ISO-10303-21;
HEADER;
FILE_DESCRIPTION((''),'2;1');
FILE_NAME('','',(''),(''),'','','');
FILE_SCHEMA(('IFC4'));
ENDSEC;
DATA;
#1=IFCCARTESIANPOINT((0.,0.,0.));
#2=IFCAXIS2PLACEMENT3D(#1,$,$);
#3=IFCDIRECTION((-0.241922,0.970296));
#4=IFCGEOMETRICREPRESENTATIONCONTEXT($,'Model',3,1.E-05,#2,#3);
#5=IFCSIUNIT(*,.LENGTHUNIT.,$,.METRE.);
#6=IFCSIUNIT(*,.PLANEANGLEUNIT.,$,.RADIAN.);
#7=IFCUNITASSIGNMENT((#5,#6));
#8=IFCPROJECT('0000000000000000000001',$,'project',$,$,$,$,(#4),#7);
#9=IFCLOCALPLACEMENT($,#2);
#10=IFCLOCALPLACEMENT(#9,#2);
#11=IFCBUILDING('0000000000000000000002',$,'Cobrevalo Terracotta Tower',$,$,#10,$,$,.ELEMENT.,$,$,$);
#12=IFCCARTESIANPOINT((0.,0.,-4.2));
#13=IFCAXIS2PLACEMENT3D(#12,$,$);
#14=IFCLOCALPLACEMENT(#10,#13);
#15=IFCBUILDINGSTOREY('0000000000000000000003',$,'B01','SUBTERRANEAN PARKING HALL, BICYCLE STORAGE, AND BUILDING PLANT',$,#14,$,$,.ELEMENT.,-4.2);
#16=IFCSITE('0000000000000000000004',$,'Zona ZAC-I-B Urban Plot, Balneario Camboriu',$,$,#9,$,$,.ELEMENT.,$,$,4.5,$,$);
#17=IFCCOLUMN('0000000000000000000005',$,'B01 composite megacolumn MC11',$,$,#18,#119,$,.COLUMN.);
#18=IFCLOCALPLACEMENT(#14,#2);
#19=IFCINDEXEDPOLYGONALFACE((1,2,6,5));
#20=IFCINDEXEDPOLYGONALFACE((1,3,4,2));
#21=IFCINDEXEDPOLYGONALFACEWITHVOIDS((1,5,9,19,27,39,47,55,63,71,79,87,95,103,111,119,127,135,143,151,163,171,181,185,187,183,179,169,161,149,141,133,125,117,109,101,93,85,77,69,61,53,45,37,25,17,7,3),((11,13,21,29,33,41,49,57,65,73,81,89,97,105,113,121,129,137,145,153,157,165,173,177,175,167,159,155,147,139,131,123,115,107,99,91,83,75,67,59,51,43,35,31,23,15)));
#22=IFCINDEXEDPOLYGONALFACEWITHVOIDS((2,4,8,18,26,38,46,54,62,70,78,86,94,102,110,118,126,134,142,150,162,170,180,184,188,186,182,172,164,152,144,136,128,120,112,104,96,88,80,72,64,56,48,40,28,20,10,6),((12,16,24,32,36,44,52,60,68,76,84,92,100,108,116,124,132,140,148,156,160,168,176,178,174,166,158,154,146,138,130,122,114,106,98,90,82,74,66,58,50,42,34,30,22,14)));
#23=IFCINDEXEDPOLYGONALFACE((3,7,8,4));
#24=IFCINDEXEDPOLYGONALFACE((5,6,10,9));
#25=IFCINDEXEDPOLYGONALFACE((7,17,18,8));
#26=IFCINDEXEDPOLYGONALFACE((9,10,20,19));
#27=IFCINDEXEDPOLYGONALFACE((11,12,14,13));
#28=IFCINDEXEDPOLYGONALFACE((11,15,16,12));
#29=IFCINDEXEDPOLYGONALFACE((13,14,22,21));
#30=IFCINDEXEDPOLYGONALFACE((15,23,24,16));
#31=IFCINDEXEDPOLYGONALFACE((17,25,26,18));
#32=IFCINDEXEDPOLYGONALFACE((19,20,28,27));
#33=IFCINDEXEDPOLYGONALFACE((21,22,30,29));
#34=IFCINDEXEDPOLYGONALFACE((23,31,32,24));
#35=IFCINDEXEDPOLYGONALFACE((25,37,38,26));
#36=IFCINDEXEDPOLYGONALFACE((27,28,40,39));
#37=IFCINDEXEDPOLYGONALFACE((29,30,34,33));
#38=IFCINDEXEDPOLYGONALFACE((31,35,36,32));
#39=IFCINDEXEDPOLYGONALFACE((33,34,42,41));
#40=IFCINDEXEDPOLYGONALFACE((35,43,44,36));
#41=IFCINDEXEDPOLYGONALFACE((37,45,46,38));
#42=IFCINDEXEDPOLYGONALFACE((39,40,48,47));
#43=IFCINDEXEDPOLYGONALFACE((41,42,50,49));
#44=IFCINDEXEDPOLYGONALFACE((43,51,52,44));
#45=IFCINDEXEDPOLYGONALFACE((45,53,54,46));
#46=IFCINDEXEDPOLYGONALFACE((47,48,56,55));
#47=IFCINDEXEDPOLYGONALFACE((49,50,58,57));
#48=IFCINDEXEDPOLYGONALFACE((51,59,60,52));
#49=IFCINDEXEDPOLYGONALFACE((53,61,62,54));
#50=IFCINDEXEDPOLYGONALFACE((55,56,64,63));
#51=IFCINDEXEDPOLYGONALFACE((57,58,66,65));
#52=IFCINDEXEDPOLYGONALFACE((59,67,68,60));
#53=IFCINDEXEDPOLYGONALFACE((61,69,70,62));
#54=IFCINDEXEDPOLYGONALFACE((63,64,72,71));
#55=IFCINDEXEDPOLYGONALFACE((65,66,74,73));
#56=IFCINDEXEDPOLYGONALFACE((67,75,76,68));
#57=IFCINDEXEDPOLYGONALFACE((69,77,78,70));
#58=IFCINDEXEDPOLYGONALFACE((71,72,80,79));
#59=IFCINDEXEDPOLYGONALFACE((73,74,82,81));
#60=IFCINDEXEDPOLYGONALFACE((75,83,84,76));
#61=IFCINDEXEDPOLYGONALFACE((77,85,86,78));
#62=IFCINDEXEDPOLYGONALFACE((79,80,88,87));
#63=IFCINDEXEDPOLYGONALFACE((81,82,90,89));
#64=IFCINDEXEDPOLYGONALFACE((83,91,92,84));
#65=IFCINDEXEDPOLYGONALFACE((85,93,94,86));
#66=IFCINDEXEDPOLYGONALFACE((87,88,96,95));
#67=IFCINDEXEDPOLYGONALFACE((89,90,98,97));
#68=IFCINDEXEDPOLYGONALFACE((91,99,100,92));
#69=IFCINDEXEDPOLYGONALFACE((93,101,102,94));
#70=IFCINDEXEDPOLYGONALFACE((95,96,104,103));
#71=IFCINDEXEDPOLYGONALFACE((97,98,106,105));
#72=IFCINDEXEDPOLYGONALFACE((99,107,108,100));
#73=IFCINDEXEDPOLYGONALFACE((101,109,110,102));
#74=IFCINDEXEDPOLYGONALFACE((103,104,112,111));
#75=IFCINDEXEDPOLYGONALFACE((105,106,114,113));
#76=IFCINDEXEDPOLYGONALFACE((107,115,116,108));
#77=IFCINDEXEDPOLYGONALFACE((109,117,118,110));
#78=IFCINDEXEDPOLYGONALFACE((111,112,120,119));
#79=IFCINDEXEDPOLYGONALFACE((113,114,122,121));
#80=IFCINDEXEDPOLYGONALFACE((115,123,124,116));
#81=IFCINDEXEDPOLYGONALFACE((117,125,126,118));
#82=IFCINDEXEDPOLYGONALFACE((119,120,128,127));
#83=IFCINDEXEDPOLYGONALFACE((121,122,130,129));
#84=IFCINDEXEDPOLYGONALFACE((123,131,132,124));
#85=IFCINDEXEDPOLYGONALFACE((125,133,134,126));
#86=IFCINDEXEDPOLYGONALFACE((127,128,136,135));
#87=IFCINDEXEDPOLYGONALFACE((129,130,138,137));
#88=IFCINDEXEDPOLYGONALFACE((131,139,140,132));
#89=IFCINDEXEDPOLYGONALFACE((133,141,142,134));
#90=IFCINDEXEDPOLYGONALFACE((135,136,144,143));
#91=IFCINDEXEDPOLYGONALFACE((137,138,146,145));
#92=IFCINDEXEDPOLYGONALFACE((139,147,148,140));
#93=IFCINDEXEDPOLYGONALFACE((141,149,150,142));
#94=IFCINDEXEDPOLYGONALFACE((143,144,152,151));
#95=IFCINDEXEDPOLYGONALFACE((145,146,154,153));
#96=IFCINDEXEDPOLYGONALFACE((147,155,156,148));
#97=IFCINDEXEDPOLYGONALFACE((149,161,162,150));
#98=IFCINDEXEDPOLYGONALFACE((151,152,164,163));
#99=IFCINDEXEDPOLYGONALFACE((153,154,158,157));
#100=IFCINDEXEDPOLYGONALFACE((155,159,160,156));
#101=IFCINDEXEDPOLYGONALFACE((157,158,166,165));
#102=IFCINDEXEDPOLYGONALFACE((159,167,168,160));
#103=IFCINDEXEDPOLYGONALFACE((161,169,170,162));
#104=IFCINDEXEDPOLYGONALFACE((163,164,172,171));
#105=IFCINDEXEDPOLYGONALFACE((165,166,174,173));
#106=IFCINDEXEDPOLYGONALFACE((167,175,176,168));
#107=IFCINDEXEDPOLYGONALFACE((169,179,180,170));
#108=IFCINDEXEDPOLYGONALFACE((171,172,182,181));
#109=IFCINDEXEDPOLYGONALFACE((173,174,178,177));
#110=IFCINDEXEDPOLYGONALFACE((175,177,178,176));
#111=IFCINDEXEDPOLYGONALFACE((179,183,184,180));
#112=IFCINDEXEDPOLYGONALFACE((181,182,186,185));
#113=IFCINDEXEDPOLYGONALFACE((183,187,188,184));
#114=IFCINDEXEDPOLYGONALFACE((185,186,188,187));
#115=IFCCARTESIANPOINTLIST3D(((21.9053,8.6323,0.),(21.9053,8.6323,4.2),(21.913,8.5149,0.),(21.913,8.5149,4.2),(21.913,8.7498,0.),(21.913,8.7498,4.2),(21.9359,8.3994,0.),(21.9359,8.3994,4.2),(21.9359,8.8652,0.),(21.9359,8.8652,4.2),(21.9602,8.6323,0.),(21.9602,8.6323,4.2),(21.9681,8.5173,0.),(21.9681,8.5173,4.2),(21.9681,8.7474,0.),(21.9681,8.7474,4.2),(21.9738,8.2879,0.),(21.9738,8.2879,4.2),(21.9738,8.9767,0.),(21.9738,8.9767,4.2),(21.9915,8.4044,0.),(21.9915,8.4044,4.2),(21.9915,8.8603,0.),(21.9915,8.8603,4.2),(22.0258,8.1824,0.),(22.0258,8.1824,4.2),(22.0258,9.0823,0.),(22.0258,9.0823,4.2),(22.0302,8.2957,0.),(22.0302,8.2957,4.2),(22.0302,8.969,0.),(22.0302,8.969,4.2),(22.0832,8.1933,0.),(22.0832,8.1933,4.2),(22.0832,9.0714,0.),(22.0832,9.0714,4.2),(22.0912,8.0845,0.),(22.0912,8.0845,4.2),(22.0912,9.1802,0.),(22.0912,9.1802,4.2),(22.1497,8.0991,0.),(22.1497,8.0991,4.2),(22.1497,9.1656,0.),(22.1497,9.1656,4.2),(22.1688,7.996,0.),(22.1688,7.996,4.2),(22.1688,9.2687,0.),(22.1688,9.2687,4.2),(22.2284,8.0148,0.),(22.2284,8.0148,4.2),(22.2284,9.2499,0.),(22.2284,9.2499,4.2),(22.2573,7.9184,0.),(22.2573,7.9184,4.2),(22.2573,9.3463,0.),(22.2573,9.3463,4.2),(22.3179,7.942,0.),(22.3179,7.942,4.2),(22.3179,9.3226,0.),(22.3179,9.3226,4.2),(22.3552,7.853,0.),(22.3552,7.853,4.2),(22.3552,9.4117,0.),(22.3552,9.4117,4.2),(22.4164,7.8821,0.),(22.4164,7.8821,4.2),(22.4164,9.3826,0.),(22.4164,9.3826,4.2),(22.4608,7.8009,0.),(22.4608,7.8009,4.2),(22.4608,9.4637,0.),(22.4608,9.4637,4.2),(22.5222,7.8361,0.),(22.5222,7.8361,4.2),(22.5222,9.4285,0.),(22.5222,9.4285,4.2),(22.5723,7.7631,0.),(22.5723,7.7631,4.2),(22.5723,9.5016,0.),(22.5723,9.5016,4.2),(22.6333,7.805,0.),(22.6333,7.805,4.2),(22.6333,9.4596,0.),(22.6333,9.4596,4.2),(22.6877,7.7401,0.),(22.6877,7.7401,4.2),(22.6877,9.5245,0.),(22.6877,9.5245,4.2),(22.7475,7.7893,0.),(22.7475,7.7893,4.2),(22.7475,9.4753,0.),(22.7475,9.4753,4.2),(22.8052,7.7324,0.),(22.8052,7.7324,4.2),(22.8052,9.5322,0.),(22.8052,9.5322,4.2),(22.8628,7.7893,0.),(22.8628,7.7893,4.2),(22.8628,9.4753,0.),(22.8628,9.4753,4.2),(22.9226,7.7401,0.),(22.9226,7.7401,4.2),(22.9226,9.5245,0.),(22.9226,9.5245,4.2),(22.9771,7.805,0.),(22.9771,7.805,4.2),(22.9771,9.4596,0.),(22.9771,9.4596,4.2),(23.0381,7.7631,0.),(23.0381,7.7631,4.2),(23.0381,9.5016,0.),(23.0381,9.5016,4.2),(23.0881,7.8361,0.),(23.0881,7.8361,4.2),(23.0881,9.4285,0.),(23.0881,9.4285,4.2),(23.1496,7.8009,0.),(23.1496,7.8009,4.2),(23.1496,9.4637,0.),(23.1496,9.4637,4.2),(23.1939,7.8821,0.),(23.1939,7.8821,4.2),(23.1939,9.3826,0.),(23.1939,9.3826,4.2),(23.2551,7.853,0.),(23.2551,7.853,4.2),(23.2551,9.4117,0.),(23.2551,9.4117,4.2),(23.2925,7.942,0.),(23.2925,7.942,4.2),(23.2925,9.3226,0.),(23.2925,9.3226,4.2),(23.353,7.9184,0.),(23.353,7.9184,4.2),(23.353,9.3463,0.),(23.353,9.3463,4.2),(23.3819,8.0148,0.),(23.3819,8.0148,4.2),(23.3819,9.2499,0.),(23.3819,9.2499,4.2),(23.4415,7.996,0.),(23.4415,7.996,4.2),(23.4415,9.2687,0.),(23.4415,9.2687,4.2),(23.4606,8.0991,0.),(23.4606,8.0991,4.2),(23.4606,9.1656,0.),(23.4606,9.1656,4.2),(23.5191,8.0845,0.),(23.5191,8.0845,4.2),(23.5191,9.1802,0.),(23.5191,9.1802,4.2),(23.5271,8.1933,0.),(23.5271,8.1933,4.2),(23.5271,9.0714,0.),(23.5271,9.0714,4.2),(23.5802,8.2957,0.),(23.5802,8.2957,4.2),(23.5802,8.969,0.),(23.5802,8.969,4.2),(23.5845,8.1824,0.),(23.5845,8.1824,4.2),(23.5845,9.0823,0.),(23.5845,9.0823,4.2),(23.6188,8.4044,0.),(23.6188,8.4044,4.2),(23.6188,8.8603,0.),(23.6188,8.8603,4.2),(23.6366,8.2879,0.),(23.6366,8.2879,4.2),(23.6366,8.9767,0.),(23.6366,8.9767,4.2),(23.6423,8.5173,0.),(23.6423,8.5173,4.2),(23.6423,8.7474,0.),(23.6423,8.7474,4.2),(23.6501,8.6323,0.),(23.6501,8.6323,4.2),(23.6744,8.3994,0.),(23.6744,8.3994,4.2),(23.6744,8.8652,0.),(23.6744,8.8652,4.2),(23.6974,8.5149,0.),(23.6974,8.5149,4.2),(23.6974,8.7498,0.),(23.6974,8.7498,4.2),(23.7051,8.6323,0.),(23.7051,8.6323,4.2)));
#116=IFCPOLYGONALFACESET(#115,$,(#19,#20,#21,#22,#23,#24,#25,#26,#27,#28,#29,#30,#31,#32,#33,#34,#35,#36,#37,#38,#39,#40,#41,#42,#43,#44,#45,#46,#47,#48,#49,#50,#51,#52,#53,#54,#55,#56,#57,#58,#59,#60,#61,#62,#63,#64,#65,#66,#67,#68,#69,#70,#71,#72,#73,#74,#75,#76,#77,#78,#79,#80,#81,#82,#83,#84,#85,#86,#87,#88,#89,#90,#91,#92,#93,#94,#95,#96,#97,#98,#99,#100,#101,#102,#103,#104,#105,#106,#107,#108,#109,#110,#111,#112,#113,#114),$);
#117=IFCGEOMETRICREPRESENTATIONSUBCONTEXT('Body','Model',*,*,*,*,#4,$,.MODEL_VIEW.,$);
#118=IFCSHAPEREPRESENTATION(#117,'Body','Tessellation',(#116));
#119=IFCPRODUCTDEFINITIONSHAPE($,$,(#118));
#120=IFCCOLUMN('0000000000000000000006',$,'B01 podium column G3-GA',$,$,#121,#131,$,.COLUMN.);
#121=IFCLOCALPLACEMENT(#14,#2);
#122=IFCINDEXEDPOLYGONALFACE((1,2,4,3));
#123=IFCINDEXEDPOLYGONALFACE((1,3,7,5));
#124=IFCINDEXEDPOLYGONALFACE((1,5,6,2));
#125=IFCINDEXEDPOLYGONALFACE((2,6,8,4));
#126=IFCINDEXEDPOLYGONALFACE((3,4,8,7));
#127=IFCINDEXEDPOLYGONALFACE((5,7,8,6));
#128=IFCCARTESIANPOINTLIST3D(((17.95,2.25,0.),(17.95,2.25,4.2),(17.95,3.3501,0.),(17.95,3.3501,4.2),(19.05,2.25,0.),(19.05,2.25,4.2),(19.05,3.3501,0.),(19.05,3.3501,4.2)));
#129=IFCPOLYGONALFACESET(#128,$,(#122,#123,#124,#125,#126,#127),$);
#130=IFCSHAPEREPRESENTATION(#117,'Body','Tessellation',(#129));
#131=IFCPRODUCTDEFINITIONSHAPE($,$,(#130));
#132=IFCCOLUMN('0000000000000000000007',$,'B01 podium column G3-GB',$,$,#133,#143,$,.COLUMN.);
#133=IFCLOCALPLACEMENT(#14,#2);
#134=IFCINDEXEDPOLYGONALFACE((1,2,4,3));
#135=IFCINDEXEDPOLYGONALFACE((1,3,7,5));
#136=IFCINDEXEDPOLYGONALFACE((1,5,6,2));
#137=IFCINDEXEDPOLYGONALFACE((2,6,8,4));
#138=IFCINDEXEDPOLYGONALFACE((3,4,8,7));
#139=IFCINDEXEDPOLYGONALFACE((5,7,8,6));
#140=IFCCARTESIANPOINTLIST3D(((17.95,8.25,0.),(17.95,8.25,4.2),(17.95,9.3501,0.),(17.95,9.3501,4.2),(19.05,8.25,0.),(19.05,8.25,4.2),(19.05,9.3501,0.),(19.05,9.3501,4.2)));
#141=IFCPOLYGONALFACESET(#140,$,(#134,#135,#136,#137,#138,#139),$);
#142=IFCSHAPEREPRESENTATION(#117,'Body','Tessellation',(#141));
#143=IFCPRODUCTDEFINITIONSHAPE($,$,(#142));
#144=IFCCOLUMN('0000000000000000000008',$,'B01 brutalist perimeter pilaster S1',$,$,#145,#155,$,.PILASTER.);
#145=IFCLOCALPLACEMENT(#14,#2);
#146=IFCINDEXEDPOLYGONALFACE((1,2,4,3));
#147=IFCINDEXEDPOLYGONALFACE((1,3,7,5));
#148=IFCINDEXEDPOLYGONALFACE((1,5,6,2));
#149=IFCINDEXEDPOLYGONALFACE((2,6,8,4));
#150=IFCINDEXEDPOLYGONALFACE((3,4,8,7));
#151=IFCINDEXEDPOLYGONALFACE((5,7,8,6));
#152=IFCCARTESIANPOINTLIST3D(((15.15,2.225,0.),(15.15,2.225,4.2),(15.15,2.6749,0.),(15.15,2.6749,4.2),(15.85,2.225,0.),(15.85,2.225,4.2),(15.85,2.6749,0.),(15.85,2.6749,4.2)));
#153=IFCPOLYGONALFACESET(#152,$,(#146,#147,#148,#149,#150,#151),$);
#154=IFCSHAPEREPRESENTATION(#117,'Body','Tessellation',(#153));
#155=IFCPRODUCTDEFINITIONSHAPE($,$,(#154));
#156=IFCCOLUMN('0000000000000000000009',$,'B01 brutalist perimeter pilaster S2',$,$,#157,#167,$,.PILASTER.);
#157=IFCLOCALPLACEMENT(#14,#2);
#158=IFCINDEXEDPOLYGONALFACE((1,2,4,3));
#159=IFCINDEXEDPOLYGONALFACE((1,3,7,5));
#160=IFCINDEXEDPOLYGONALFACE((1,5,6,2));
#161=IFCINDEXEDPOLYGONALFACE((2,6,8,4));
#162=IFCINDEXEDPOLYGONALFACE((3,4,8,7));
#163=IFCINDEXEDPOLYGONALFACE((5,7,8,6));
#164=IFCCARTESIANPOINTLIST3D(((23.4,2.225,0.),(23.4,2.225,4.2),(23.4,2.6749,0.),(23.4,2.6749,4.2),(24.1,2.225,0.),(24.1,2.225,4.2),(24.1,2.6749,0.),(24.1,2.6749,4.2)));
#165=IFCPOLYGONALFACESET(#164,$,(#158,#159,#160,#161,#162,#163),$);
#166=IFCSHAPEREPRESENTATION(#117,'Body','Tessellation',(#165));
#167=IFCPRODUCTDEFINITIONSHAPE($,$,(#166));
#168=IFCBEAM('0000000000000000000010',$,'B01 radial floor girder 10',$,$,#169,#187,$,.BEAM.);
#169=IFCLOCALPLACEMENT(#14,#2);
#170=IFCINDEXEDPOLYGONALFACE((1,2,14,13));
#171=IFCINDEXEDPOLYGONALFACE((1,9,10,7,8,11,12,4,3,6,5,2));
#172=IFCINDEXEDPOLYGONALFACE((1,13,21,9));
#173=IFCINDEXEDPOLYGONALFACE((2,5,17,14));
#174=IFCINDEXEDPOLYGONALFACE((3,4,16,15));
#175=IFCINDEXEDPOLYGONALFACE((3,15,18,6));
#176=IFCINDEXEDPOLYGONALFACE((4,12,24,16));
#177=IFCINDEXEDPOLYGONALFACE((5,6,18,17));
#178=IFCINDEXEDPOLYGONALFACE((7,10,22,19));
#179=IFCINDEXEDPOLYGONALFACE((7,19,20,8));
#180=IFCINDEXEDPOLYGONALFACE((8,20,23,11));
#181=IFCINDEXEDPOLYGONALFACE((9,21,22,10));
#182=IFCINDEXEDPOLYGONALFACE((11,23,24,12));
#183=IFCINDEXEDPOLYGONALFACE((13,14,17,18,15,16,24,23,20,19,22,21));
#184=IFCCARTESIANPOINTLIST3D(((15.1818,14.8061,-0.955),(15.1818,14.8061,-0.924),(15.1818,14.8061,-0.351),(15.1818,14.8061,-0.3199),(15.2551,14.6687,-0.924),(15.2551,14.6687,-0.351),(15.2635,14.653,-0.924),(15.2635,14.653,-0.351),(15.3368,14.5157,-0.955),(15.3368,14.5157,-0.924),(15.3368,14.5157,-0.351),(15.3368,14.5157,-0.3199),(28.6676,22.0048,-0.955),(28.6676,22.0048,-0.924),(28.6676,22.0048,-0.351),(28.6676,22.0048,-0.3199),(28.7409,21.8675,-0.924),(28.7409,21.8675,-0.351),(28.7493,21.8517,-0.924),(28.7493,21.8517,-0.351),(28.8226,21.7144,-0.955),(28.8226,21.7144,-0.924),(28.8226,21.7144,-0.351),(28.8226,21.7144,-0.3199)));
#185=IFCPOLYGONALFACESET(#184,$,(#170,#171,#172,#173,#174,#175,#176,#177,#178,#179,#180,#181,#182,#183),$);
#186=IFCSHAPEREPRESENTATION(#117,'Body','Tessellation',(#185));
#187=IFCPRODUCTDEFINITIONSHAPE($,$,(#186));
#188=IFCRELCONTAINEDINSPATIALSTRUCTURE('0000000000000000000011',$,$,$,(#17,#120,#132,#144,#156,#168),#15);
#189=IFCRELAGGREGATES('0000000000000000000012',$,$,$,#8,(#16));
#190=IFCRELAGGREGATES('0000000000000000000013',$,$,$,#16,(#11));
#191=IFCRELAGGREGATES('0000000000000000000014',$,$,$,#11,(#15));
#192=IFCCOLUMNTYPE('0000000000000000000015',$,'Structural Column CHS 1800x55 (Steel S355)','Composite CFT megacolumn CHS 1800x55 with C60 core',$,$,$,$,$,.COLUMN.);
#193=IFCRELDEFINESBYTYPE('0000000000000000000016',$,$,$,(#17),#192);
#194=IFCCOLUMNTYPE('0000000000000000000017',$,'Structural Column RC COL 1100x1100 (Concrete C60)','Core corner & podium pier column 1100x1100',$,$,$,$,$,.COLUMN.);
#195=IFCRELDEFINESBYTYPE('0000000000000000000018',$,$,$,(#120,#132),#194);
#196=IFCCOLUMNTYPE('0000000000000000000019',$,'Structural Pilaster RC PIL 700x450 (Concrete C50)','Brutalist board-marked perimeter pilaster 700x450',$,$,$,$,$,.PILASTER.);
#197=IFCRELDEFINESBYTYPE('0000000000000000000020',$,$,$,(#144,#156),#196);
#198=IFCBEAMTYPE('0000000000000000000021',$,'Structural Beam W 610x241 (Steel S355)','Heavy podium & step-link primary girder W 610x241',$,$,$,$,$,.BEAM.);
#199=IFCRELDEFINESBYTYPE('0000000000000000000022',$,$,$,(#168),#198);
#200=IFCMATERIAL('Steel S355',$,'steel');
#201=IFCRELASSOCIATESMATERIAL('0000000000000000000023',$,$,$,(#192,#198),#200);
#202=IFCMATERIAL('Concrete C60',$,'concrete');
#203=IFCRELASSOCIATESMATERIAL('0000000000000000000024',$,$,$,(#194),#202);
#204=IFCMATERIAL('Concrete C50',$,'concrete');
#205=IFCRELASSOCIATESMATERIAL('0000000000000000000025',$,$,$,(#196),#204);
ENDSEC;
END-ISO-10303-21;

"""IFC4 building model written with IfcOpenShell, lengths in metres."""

from ifc_helpers import new_model, si_unit, direction, frame, origin, origin_2d, place, context, subcontext, project, spatial, rectangle, hollow_circle, i_section, extrude, material, material_profile, profile_set, type_object, element, save


model = new_model("IFC4")

# Units and contexts
model_context = context("Model", 3, precision=1e-05, world=origin(), true_north=direction((-0.241922, 0.970296)))
body_context = subcontext(model_context, "Body", "Model", "MODEL_VIEW")
ifc_project = project(units=[si_unit("LENGTHUNIT", "METRE"), si_unit("PLANEANGLEUNIT", "RADIAN")], contexts=[model_context])

# Site, building, storey
site_placement = place(None, origin())
site = spatial("IfcSite", under=ifc_project, at=site_placement, Name="Zona ZAC-I-B Urban Plot, Balneario Camboriu", CompositionType="ELEMENT", RefElevation=4.5)
building_placement = place(site_placement, origin())
building = spatial("IfcBuilding", under=site, at=building_placement, Name="Cobrevalo Terracotta Tower", CompositionType="ELEMENT")
storey_placement = place(building_placement, frame((0.0, 0.0, -4.2)))
storey = spatial("IfcBuildingStorey", under=building, at=storey_placement, Name="B01", Description="SUBTERRANEAN PARKING HALL, BICYCLE STORAGE, AND BUILDING PLANT", CompositionType="ELEMENT", Elevation=-4.2)

# Columns
ifc_material_1 = material(Name="Steel S355", Category="steel")
ifc_material_profile_1 = material_profile(ifc_material_1, hollow_circle(Radius=0.8999, WallThickness=0.0549, at=origin_2d()), Name="CHS 1800x55")
ifc_profile_set_1 = profile_set([ifc_material_profile_1], Name="Steel S355")
column_type_1 = type_object("IfcColumnType", Name="Structural Column CHS 1800x55 (Steel S355)", Description="Composite CFT megacolumn CHS 1800x55 with C60 core", PredefinedType="COLUMN", material=ifc_profile_set_1)
for number, where, z_axis, x_axis, name in (
    (1, (22.8052, 8.6323, 0.0), (0.0, 0.0, 1.0), (1.0, 0.0, 0.0), "B01 composite megacolumn MC11"),
):
    element("IfcColumn", number, at=place(storey_placement, frame(where, z_axis=z_axis, x_axis=x_axis)), inside=storey, type_object=column_type_1, Name=name, PredefinedType="COLUMN", context=body_context, shape_type="SweptSolid", body=[
        extrude(hollow_circle(Radius=0.8999, WallThickness=0.0549, at=origin_2d()), origin(), (0.0, 0.0, 1.0), 4.2),
    ])
ifc_material_2 = material(Name="Concrete C60", Category="concrete")
ifc_material_profile_2 = material_profile(ifc_material_2, rectangle(XDim=1.1001, YDim=1.1001, at=origin_2d()), Name="RC COL 1100x1100")
ifc_profile_set_2 = profile_set([ifc_material_profile_2], Name="Concrete C60")
column_type_2 = type_object("IfcColumnType", Name="Structural Column RC COL 1100x1100 (Concrete C60)", Description="Core corner & podium pier column 1100x1100", PredefinedType="COLUMN", material=ifc_profile_set_2)
for number, where, z_axis, x_axis, name in (
    (2, (18.5, 2.8, 0.0), (0.0, 0.0, 1.0), (1.0, 0.0, 0.0), "B01 podium column G3-GA"),
    (3, (18.5, 8.8, 0.0), (0.0, 0.0, 1.0), (1.0, 0.0, 0.0), "B01 podium column G3-GB"),
):
    element("IfcColumn", number, at=place(storey_placement, frame(where, z_axis=z_axis, x_axis=x_axis)), inside=storey, type_object=column_type_2, Name=name, PredefinedType="COLUMN", context=body_context, shape_type="SweptSolid", body=[
        extrude(rectangle(XDim=1.1001, YDim=1.1001, at=origin_2d()), origin(), (0.0, 0.0, 1.0), 4.2),
    ])
ifc_material_3 = material(Name="Concrete C50", Category="concrete")
ifc_material_profile_3 = material_profile(ifc_material_3, rectangle(XDim=0.7, YDim=0.45, at=origin_2d()), Name="RC PIL 700x450")
ifc_profile_set_3 = profile_set([ifc_material_profile_3], Name="Concrete C50")
column_type_3 = type_object("IfcColumnType", Name="Structural Pilaster RC PIL 700x450 (Concrete C50)", Description="Brutalist board-marked perimeter pilaster 700x450", PredefinedType="PILASTER", material=ifc_profile_set_3)
for number, where, z_axis, x_axis, name in (
    (4, (15.5, 2.45, 0.0), (0.0, 0.0, 1.0), (1.0, 0.0, 0.0), "B01 brutalist perimeter pilaster S1"),
    (5, (23.75, 2.45, 0.0), (0.0, 0.0, 1.0), (1.0, 0.0, 0.0), "B01 brutalist perimeter pilaster S2"),
):
    element("IfcColumn", number, at=place(storey_placement, frame(where, z_axis=z_axis, x_axis=x_axis)), inside=storey, type_object=column_type_3, Name=name, PredefinedType="PILASTER", context=body_context, shape_type="SweptSolid", body=[
        extrude(rectangle(XDim=0.7, YDim=0.45, at=origin_2d()), origin(), (0.0, 0.0, 1.0), 4.2),
    ])

# Beam
ifc_material_profile_4 = material_profile(ifc_material_1, i_section(OverallWidth=0.3291, OverallDepth=0.635, WebThickness=0.0178, FlangeThickness=0.031, at=origin_2d()), Name="W 610x241")
ifc_profile_set_4 = profile_set([ifc_material_profile_4], Name="Steel S355")
beam_type_1 = type_object("IfcBeamType", Name="Structural Beam W 610x241 (Steel S355)", Description="Heavy podium & step-link primary girder W 610x241", PredefinedType="BEAM", material=ifc_profile_set_4)
beam_1_placement = place(storey_placement, frame((15.2593, 14.6609, -0.6375), z_axis=(0.882182, 0.470908, 0.0), x_axis=(-0.470908, 0.882182, 0.0)))
element("IfcBeam", 6, at=beam_1_placement, inside=storey, type_object=beam_type_1, Name="B01 radial floor girder 10", PredefinedType="BEAM", context=body_context, shape_type="SweptSolid", body=[
    extrude(i_section(OverallWidth=0.3291, OverallDepth=0.635, WebThickness=0.0178, FlangeThickness=0.031, at=origin_2d()), origin(), (0.0, 0.0, 1.0), 15.2869),
])

save(model, "model.ifc")
